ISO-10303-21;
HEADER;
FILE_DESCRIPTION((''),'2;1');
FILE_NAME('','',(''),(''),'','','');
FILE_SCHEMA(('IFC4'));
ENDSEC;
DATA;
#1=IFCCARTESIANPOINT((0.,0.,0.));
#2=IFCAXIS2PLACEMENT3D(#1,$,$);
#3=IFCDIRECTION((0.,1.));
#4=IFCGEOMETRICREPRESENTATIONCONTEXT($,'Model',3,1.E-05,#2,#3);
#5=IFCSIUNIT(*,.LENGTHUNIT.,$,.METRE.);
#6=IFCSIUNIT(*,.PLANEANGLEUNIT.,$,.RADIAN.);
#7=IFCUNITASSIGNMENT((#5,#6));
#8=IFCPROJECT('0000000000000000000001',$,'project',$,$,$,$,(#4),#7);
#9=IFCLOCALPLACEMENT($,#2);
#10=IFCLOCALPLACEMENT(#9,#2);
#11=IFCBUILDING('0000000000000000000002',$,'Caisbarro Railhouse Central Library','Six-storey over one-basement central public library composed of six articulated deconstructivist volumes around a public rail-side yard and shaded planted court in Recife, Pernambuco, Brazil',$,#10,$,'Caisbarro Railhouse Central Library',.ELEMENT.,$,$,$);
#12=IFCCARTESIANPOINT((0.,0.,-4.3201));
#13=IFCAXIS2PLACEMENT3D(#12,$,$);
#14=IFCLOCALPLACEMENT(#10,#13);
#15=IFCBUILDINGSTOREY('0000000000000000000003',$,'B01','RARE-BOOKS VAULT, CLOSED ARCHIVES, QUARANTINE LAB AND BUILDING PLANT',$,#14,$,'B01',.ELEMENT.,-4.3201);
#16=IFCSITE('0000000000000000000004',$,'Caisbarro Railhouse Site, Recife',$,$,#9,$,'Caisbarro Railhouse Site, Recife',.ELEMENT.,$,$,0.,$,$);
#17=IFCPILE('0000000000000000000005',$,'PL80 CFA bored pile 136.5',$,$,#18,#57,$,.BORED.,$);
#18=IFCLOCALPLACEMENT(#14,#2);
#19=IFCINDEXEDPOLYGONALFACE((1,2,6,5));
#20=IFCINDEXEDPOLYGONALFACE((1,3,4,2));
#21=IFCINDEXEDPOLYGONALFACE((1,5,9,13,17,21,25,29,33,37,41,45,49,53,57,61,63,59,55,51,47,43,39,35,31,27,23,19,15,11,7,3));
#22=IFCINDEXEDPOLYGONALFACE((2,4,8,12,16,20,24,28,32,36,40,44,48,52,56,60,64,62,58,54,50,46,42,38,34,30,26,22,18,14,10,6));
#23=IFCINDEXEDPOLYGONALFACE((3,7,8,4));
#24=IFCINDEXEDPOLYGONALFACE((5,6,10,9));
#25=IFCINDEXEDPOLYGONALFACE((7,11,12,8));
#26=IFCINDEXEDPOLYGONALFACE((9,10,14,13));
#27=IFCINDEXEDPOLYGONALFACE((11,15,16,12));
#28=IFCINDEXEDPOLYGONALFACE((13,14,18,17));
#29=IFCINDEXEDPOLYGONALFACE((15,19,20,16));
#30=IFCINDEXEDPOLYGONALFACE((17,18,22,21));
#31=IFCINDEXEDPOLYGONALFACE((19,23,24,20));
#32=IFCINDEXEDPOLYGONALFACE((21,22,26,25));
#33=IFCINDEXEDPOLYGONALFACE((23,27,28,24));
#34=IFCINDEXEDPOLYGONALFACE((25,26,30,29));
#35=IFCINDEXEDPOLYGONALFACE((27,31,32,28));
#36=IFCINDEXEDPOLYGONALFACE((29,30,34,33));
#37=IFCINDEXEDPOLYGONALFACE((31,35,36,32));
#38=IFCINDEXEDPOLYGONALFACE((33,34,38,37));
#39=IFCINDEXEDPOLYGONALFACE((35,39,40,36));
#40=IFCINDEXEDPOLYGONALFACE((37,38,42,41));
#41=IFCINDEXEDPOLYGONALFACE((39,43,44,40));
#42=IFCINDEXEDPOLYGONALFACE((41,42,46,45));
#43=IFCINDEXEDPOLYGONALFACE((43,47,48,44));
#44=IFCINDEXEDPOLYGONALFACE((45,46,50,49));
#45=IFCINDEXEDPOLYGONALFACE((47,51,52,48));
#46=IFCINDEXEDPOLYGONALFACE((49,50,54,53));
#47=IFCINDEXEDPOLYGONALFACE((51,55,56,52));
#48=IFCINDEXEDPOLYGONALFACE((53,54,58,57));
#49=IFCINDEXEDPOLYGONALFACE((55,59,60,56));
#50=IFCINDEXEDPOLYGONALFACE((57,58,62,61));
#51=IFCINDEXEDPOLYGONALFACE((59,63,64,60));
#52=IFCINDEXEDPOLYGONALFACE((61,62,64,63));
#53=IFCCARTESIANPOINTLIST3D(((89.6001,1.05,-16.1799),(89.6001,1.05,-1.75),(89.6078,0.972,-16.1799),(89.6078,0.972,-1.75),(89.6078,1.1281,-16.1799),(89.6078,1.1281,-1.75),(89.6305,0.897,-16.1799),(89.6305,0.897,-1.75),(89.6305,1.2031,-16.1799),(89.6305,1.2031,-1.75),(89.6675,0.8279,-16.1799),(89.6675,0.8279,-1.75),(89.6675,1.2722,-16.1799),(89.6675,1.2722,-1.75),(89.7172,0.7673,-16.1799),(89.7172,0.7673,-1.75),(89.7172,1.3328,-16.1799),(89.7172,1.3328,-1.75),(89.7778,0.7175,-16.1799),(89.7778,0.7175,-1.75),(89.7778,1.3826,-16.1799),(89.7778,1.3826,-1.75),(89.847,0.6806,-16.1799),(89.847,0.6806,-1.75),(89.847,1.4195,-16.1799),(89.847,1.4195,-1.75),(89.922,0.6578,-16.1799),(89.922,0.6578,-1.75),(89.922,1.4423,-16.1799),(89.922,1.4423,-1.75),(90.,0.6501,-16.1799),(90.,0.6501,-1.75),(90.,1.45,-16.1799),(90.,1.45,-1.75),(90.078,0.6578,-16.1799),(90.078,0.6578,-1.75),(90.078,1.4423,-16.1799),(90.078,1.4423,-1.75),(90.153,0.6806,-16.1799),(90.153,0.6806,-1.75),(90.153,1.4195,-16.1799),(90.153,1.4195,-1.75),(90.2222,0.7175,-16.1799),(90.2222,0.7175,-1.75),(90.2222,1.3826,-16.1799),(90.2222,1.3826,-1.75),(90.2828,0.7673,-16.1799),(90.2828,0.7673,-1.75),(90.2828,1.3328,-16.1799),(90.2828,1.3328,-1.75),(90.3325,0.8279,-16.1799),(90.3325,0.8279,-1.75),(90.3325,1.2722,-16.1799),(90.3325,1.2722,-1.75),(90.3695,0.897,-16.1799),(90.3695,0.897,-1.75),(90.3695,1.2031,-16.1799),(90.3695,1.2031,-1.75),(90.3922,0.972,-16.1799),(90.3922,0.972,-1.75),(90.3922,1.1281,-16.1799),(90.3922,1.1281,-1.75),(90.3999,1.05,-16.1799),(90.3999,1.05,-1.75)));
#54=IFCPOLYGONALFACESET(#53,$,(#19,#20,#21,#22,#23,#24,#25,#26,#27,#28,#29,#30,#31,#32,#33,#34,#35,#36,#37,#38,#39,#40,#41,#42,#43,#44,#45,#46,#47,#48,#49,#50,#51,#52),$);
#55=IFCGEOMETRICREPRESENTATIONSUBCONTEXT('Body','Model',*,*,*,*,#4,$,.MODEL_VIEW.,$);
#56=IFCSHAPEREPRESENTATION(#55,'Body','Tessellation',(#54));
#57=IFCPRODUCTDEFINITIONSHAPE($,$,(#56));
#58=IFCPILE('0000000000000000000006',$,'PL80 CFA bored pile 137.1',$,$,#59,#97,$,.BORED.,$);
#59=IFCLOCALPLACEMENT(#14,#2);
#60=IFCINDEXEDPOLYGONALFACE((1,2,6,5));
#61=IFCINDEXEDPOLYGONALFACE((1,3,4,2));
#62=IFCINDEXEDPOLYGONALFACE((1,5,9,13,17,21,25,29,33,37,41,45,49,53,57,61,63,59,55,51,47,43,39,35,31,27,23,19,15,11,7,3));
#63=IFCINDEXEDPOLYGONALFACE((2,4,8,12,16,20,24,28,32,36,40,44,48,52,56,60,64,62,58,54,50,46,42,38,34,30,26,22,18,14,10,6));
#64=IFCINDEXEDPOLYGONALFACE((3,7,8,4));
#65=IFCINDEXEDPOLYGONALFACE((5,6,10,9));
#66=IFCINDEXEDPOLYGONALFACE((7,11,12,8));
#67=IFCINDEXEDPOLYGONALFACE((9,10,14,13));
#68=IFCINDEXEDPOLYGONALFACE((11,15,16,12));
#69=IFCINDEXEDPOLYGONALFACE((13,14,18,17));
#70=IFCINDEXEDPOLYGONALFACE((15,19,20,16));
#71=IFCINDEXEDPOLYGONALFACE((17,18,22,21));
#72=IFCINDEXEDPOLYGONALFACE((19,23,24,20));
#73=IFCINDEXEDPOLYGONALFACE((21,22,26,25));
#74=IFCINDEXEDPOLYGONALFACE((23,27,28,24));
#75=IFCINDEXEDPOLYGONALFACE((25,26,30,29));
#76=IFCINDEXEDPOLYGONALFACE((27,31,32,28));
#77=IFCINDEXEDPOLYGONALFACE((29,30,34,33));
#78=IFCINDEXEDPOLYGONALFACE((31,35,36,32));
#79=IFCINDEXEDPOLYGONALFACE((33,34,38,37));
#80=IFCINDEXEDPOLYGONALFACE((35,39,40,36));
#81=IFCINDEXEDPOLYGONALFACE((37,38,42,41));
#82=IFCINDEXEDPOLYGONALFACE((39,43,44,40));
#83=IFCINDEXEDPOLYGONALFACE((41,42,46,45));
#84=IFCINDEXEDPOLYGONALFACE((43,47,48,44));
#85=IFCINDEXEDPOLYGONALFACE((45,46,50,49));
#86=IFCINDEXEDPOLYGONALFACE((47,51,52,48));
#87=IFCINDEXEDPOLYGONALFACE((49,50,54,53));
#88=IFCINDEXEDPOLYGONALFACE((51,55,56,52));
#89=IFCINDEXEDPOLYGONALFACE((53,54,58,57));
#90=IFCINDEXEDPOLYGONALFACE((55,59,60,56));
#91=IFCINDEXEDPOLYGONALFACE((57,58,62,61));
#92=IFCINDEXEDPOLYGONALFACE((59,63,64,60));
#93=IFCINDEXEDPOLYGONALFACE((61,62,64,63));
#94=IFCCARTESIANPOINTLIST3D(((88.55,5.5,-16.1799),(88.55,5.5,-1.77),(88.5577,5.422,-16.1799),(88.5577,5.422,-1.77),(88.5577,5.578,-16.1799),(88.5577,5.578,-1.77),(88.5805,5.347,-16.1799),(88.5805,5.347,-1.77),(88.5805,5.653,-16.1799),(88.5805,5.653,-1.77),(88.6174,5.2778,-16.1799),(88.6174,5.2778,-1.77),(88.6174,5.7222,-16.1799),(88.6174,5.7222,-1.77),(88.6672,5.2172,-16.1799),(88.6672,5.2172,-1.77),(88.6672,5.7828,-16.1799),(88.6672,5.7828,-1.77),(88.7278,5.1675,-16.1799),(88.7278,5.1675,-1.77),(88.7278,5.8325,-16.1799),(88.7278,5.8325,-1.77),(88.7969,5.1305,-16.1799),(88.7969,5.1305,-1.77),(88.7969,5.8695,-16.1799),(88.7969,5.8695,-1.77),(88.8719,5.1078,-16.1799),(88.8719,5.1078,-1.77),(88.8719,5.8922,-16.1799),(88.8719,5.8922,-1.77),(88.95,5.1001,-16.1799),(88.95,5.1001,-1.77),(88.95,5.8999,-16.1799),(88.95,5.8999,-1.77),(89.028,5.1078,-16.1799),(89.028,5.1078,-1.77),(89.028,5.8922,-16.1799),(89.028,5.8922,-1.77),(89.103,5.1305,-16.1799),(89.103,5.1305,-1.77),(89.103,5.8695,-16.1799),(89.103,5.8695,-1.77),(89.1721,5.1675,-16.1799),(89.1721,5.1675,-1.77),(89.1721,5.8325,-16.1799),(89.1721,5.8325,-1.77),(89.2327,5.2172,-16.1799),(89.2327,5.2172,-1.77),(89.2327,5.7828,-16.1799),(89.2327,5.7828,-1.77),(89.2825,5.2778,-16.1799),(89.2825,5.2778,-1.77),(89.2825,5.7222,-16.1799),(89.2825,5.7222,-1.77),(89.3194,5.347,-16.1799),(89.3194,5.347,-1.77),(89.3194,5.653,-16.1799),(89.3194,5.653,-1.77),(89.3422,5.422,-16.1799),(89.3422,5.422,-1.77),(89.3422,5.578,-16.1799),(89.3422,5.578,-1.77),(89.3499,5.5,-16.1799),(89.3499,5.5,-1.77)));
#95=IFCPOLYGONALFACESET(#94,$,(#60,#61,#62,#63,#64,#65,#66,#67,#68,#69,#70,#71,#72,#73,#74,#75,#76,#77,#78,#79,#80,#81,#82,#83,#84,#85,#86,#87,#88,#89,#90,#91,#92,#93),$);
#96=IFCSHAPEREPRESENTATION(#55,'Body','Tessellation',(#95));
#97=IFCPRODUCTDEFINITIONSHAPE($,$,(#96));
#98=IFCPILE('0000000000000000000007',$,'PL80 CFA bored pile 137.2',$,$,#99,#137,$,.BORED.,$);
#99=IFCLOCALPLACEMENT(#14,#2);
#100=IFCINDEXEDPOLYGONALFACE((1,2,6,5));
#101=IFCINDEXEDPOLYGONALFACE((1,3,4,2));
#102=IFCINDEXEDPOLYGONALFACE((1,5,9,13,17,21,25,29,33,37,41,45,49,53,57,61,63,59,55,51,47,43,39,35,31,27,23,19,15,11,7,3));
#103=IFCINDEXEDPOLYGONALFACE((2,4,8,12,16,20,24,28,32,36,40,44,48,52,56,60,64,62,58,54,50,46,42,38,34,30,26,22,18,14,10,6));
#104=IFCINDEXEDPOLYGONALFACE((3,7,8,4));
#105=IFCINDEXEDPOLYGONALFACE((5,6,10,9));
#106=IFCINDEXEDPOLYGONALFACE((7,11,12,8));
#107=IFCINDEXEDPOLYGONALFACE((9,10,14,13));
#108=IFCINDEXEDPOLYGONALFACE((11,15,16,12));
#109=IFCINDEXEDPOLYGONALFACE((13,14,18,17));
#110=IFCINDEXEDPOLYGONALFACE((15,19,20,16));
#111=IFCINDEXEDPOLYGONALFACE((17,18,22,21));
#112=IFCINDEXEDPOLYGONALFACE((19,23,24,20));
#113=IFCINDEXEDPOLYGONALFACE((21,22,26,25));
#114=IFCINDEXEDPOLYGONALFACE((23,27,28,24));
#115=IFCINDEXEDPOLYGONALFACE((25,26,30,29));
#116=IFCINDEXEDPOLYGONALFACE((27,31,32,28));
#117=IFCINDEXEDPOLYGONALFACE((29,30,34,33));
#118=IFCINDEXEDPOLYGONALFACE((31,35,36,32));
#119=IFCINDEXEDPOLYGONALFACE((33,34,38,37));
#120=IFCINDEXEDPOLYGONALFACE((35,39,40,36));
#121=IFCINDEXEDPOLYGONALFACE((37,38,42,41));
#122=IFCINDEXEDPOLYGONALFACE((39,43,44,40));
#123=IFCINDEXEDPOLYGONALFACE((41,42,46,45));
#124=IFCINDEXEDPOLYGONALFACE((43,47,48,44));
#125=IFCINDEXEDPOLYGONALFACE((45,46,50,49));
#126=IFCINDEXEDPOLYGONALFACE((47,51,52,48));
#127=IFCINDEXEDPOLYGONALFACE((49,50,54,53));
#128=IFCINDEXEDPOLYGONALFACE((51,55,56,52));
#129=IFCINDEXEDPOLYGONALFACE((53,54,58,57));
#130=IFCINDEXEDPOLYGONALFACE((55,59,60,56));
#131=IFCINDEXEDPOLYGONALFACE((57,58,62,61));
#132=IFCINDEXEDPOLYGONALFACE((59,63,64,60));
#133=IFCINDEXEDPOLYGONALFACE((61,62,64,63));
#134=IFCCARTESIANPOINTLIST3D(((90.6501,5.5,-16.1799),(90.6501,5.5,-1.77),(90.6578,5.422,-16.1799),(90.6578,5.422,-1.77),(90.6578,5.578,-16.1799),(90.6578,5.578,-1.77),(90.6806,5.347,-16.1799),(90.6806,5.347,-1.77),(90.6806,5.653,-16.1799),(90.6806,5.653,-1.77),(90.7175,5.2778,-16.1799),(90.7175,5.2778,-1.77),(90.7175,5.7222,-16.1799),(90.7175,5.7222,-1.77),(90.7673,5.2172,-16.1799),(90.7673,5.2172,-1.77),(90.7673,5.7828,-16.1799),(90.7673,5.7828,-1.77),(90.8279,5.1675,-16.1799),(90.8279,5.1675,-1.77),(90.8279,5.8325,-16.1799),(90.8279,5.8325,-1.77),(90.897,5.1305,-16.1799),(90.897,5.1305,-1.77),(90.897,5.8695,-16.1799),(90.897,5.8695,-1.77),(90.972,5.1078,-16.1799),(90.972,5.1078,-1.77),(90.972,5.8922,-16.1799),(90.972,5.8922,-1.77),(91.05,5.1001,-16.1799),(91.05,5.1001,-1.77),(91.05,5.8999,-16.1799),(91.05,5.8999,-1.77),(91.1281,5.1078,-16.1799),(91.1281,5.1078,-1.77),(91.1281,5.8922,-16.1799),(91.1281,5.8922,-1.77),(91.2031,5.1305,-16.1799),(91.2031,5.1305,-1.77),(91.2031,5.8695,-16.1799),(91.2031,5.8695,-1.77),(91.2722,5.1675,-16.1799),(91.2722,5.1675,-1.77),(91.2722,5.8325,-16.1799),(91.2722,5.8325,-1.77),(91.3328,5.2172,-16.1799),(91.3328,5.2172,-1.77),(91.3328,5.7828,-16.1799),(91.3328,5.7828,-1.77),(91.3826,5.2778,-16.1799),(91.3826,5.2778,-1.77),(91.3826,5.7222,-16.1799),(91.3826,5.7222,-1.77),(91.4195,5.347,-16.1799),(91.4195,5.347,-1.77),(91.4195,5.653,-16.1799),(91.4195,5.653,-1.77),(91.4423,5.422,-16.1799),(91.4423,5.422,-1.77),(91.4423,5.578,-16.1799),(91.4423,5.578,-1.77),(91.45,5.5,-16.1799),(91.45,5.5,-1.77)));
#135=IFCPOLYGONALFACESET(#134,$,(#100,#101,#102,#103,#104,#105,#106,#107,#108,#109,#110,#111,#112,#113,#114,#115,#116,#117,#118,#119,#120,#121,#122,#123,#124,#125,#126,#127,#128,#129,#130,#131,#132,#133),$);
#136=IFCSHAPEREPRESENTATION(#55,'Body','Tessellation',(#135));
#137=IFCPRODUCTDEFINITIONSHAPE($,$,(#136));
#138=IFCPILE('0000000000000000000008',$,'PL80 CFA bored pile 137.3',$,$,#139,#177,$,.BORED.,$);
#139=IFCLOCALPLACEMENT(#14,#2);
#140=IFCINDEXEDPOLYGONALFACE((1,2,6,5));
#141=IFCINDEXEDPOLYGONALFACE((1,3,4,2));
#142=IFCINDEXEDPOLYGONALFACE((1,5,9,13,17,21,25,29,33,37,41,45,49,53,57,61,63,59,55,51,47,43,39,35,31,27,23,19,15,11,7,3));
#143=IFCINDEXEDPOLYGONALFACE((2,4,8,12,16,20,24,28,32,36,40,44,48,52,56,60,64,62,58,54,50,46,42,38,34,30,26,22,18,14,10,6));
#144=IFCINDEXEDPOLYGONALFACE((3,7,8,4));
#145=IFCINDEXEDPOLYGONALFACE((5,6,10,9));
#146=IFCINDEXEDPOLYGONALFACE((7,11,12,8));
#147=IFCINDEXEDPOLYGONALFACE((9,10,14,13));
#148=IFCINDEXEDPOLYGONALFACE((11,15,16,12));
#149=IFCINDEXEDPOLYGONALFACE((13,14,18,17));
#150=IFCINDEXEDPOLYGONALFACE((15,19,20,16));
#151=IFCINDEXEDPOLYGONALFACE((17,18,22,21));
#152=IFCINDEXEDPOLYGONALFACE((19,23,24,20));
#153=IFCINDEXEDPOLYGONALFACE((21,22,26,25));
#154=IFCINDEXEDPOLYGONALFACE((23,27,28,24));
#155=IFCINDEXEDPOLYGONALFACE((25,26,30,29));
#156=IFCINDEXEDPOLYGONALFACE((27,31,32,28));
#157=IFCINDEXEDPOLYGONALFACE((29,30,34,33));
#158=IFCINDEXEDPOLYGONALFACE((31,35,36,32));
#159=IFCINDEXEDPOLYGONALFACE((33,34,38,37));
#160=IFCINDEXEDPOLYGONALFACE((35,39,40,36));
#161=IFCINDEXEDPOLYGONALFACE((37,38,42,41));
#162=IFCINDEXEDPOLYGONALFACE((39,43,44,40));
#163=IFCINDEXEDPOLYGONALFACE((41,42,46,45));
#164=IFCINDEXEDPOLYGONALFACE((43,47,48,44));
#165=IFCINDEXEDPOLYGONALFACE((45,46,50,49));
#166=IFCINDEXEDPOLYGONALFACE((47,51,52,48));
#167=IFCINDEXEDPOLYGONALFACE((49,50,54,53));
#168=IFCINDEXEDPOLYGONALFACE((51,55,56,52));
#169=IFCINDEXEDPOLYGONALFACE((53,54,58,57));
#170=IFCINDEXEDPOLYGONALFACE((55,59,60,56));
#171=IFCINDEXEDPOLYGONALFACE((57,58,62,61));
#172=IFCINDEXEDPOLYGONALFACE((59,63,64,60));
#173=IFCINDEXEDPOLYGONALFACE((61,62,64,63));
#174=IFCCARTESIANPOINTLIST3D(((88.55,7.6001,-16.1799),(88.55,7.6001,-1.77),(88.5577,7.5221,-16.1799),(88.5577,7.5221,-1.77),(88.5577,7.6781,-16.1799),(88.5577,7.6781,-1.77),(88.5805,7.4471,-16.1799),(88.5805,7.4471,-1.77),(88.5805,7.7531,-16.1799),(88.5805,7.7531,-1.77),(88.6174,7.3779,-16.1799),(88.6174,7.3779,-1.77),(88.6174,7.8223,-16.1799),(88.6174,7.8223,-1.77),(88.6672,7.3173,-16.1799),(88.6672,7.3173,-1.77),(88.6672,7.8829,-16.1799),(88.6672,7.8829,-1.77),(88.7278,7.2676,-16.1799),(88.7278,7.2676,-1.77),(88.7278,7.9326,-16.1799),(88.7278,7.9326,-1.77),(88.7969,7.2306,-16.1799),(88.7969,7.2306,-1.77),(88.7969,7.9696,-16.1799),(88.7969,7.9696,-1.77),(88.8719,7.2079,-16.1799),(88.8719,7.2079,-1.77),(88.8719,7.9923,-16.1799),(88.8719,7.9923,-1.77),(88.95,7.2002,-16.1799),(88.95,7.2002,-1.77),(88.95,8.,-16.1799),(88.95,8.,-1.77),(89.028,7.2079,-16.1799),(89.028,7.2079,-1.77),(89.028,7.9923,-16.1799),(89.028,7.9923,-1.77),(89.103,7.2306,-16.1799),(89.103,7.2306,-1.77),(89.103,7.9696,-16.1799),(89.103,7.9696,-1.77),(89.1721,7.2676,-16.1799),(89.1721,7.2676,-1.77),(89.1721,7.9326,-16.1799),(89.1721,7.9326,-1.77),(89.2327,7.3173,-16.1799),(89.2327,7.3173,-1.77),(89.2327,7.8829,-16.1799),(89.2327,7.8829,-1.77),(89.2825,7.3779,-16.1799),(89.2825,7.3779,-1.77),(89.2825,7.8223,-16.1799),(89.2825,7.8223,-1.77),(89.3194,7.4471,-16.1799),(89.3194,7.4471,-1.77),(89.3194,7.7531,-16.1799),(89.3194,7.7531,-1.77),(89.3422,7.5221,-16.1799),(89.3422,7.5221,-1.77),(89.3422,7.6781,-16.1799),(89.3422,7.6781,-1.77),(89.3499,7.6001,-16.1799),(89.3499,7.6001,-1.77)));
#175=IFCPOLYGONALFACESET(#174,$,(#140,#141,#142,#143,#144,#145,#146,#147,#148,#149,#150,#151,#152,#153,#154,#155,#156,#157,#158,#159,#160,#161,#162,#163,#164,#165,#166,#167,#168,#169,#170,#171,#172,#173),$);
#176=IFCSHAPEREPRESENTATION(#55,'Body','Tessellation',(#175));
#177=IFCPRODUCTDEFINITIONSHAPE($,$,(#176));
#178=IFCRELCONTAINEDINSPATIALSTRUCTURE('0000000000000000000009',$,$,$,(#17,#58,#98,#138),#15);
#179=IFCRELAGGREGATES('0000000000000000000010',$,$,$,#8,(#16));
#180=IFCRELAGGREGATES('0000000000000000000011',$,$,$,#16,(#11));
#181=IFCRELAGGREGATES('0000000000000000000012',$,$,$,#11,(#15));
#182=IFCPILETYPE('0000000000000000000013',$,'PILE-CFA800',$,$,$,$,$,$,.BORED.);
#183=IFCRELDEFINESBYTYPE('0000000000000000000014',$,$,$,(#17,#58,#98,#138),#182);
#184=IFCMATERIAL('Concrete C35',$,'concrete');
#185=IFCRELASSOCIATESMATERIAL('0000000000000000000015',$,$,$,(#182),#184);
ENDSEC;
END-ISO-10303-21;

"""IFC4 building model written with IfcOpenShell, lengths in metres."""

from ifc_helpers import new_model, si_unit, direction, frame, origin, origin_2d, place, context, subcontext, project, spatial, circle, extrude, material, material_profile, profile_set, type_object, element, save


model = new_model("IFC4")

# Units and contexts
model_context = context("Model", 3, precision=1e-05, world=origin(), true_north=direction((0.0, 1.0)))
body_context = subcontext(model_context, "Body", "Model", "MODEL_VIEW")
ifc_project = project(units=[si_unit("LENGTHUNIT", "METRE"), si_unit("PLANEANGLEUNIT", "RADIAN")], contexts=[model_context])

# Site, building, storey
site_placement = place(None, origin())
site = spatial("IfcSite", under=ifc_project, at=site_placement, Name="Caisbarro Railhouse Site, Recife", LongName="Caisbarro Railhouse Site, Recife", CompositionType="ELEMENT", RefElevation=0.0)
building_placement = place(site_placement, origin())
building = spatial("IfcBuilding", under=site, at=building_placement, Name="Caisbarro Railhouse Central Library", Description="Six-storey over one-basement central public library composed of six articulated deconstructivist volumes around a public rail-side yard and shaded planted court in Recife, Pernambuco, Brazil", LongName="Caisbarro Railhouse Central Library", CompositionType="ELEMENT")
storey_placement = place(building_placement, frame((0.0, 0.0, -4.3201)))
storey = spatial("IfcBuildingStorey", under=building, at=storey_placement, Name="B01", Description="RARE-BOOKS VAULT, CLOSED ARCHIVES, QUARANTINE LAB AND BUILDING PLANT", LongName="B01", CompositionType="ELEMENT", Elevation=-4.3201)

# Piles
ifc_material_1 = material(Name="Concrete C35", Category="concrete")
ifc_material_profile_1 = material_profile(ifc_material_1, circle(Radius=0.3999, at=origin_2d()), Name="PILE-CFA-800")
ifc_profile_set_1 = profile_set([ifc_material_profile_1], Name="Concrete C35")
pile_type = type_object("IfcPileType", Name="PILE-CFA800", PredefinedType="BORED", material=ifc_profile_set_1)
for number, where, z_axis, x_axis, name in (
    (1, (90.0, 1.05, -1.75), (0.0, 0.0, -1.0), (1.0, 0.0, 0.0), "PL80 CFA bored pile 136.5"),
):
    element("IfcPile", number, at=place(storey_placement, frame(where, z_axis=z_axis, x_axis=x_axis)), inside=storey, type_object=pile_type, Name=name, PredefinedType="BORED", context=body_context, shape_type="SweptSolid", body=[
        extrude(circle(Radius=0.3999, at=origin_2d()), origin(), (0.0, 0.0, 1.0), 14.4299),
    ])
for number, where, z_axis, x_axis, name in (
    (2, (88.95, 5.5, -1.77), (0.0, 0.0, -1.0), (1.0, 0.0, 0.0), "PL80 CFA bored pile 137.1"),
    (3, (91.05, 5.5, -1.77), (0.0, 0.0, -1.0), (1.0, 0.0, 0.0), "PL80 CFA bored pile 137.2"),
    (4, (88.95, 7.6001, -1.77), (0.0, 0.0, -1.0), (1.0, 0.0, 0.0), "PL80 CFA bored pile 137.3"),
):
    element("IfcPile", number, at=place(storey_placement, frame(where, z_axis=z_axis, x_axis=x_axis)), inside=storey, type_object=pile_type, Name=name, PredefinedType="BORED", context=body_context, shape_type="SweptSolid", body=[
        extrude(circle(Radius=0.3999, at=origin_2d()), origin(), (0.0, 0.0, 1.0), 14.4099),
    ])

save(model, "model.ifc")
